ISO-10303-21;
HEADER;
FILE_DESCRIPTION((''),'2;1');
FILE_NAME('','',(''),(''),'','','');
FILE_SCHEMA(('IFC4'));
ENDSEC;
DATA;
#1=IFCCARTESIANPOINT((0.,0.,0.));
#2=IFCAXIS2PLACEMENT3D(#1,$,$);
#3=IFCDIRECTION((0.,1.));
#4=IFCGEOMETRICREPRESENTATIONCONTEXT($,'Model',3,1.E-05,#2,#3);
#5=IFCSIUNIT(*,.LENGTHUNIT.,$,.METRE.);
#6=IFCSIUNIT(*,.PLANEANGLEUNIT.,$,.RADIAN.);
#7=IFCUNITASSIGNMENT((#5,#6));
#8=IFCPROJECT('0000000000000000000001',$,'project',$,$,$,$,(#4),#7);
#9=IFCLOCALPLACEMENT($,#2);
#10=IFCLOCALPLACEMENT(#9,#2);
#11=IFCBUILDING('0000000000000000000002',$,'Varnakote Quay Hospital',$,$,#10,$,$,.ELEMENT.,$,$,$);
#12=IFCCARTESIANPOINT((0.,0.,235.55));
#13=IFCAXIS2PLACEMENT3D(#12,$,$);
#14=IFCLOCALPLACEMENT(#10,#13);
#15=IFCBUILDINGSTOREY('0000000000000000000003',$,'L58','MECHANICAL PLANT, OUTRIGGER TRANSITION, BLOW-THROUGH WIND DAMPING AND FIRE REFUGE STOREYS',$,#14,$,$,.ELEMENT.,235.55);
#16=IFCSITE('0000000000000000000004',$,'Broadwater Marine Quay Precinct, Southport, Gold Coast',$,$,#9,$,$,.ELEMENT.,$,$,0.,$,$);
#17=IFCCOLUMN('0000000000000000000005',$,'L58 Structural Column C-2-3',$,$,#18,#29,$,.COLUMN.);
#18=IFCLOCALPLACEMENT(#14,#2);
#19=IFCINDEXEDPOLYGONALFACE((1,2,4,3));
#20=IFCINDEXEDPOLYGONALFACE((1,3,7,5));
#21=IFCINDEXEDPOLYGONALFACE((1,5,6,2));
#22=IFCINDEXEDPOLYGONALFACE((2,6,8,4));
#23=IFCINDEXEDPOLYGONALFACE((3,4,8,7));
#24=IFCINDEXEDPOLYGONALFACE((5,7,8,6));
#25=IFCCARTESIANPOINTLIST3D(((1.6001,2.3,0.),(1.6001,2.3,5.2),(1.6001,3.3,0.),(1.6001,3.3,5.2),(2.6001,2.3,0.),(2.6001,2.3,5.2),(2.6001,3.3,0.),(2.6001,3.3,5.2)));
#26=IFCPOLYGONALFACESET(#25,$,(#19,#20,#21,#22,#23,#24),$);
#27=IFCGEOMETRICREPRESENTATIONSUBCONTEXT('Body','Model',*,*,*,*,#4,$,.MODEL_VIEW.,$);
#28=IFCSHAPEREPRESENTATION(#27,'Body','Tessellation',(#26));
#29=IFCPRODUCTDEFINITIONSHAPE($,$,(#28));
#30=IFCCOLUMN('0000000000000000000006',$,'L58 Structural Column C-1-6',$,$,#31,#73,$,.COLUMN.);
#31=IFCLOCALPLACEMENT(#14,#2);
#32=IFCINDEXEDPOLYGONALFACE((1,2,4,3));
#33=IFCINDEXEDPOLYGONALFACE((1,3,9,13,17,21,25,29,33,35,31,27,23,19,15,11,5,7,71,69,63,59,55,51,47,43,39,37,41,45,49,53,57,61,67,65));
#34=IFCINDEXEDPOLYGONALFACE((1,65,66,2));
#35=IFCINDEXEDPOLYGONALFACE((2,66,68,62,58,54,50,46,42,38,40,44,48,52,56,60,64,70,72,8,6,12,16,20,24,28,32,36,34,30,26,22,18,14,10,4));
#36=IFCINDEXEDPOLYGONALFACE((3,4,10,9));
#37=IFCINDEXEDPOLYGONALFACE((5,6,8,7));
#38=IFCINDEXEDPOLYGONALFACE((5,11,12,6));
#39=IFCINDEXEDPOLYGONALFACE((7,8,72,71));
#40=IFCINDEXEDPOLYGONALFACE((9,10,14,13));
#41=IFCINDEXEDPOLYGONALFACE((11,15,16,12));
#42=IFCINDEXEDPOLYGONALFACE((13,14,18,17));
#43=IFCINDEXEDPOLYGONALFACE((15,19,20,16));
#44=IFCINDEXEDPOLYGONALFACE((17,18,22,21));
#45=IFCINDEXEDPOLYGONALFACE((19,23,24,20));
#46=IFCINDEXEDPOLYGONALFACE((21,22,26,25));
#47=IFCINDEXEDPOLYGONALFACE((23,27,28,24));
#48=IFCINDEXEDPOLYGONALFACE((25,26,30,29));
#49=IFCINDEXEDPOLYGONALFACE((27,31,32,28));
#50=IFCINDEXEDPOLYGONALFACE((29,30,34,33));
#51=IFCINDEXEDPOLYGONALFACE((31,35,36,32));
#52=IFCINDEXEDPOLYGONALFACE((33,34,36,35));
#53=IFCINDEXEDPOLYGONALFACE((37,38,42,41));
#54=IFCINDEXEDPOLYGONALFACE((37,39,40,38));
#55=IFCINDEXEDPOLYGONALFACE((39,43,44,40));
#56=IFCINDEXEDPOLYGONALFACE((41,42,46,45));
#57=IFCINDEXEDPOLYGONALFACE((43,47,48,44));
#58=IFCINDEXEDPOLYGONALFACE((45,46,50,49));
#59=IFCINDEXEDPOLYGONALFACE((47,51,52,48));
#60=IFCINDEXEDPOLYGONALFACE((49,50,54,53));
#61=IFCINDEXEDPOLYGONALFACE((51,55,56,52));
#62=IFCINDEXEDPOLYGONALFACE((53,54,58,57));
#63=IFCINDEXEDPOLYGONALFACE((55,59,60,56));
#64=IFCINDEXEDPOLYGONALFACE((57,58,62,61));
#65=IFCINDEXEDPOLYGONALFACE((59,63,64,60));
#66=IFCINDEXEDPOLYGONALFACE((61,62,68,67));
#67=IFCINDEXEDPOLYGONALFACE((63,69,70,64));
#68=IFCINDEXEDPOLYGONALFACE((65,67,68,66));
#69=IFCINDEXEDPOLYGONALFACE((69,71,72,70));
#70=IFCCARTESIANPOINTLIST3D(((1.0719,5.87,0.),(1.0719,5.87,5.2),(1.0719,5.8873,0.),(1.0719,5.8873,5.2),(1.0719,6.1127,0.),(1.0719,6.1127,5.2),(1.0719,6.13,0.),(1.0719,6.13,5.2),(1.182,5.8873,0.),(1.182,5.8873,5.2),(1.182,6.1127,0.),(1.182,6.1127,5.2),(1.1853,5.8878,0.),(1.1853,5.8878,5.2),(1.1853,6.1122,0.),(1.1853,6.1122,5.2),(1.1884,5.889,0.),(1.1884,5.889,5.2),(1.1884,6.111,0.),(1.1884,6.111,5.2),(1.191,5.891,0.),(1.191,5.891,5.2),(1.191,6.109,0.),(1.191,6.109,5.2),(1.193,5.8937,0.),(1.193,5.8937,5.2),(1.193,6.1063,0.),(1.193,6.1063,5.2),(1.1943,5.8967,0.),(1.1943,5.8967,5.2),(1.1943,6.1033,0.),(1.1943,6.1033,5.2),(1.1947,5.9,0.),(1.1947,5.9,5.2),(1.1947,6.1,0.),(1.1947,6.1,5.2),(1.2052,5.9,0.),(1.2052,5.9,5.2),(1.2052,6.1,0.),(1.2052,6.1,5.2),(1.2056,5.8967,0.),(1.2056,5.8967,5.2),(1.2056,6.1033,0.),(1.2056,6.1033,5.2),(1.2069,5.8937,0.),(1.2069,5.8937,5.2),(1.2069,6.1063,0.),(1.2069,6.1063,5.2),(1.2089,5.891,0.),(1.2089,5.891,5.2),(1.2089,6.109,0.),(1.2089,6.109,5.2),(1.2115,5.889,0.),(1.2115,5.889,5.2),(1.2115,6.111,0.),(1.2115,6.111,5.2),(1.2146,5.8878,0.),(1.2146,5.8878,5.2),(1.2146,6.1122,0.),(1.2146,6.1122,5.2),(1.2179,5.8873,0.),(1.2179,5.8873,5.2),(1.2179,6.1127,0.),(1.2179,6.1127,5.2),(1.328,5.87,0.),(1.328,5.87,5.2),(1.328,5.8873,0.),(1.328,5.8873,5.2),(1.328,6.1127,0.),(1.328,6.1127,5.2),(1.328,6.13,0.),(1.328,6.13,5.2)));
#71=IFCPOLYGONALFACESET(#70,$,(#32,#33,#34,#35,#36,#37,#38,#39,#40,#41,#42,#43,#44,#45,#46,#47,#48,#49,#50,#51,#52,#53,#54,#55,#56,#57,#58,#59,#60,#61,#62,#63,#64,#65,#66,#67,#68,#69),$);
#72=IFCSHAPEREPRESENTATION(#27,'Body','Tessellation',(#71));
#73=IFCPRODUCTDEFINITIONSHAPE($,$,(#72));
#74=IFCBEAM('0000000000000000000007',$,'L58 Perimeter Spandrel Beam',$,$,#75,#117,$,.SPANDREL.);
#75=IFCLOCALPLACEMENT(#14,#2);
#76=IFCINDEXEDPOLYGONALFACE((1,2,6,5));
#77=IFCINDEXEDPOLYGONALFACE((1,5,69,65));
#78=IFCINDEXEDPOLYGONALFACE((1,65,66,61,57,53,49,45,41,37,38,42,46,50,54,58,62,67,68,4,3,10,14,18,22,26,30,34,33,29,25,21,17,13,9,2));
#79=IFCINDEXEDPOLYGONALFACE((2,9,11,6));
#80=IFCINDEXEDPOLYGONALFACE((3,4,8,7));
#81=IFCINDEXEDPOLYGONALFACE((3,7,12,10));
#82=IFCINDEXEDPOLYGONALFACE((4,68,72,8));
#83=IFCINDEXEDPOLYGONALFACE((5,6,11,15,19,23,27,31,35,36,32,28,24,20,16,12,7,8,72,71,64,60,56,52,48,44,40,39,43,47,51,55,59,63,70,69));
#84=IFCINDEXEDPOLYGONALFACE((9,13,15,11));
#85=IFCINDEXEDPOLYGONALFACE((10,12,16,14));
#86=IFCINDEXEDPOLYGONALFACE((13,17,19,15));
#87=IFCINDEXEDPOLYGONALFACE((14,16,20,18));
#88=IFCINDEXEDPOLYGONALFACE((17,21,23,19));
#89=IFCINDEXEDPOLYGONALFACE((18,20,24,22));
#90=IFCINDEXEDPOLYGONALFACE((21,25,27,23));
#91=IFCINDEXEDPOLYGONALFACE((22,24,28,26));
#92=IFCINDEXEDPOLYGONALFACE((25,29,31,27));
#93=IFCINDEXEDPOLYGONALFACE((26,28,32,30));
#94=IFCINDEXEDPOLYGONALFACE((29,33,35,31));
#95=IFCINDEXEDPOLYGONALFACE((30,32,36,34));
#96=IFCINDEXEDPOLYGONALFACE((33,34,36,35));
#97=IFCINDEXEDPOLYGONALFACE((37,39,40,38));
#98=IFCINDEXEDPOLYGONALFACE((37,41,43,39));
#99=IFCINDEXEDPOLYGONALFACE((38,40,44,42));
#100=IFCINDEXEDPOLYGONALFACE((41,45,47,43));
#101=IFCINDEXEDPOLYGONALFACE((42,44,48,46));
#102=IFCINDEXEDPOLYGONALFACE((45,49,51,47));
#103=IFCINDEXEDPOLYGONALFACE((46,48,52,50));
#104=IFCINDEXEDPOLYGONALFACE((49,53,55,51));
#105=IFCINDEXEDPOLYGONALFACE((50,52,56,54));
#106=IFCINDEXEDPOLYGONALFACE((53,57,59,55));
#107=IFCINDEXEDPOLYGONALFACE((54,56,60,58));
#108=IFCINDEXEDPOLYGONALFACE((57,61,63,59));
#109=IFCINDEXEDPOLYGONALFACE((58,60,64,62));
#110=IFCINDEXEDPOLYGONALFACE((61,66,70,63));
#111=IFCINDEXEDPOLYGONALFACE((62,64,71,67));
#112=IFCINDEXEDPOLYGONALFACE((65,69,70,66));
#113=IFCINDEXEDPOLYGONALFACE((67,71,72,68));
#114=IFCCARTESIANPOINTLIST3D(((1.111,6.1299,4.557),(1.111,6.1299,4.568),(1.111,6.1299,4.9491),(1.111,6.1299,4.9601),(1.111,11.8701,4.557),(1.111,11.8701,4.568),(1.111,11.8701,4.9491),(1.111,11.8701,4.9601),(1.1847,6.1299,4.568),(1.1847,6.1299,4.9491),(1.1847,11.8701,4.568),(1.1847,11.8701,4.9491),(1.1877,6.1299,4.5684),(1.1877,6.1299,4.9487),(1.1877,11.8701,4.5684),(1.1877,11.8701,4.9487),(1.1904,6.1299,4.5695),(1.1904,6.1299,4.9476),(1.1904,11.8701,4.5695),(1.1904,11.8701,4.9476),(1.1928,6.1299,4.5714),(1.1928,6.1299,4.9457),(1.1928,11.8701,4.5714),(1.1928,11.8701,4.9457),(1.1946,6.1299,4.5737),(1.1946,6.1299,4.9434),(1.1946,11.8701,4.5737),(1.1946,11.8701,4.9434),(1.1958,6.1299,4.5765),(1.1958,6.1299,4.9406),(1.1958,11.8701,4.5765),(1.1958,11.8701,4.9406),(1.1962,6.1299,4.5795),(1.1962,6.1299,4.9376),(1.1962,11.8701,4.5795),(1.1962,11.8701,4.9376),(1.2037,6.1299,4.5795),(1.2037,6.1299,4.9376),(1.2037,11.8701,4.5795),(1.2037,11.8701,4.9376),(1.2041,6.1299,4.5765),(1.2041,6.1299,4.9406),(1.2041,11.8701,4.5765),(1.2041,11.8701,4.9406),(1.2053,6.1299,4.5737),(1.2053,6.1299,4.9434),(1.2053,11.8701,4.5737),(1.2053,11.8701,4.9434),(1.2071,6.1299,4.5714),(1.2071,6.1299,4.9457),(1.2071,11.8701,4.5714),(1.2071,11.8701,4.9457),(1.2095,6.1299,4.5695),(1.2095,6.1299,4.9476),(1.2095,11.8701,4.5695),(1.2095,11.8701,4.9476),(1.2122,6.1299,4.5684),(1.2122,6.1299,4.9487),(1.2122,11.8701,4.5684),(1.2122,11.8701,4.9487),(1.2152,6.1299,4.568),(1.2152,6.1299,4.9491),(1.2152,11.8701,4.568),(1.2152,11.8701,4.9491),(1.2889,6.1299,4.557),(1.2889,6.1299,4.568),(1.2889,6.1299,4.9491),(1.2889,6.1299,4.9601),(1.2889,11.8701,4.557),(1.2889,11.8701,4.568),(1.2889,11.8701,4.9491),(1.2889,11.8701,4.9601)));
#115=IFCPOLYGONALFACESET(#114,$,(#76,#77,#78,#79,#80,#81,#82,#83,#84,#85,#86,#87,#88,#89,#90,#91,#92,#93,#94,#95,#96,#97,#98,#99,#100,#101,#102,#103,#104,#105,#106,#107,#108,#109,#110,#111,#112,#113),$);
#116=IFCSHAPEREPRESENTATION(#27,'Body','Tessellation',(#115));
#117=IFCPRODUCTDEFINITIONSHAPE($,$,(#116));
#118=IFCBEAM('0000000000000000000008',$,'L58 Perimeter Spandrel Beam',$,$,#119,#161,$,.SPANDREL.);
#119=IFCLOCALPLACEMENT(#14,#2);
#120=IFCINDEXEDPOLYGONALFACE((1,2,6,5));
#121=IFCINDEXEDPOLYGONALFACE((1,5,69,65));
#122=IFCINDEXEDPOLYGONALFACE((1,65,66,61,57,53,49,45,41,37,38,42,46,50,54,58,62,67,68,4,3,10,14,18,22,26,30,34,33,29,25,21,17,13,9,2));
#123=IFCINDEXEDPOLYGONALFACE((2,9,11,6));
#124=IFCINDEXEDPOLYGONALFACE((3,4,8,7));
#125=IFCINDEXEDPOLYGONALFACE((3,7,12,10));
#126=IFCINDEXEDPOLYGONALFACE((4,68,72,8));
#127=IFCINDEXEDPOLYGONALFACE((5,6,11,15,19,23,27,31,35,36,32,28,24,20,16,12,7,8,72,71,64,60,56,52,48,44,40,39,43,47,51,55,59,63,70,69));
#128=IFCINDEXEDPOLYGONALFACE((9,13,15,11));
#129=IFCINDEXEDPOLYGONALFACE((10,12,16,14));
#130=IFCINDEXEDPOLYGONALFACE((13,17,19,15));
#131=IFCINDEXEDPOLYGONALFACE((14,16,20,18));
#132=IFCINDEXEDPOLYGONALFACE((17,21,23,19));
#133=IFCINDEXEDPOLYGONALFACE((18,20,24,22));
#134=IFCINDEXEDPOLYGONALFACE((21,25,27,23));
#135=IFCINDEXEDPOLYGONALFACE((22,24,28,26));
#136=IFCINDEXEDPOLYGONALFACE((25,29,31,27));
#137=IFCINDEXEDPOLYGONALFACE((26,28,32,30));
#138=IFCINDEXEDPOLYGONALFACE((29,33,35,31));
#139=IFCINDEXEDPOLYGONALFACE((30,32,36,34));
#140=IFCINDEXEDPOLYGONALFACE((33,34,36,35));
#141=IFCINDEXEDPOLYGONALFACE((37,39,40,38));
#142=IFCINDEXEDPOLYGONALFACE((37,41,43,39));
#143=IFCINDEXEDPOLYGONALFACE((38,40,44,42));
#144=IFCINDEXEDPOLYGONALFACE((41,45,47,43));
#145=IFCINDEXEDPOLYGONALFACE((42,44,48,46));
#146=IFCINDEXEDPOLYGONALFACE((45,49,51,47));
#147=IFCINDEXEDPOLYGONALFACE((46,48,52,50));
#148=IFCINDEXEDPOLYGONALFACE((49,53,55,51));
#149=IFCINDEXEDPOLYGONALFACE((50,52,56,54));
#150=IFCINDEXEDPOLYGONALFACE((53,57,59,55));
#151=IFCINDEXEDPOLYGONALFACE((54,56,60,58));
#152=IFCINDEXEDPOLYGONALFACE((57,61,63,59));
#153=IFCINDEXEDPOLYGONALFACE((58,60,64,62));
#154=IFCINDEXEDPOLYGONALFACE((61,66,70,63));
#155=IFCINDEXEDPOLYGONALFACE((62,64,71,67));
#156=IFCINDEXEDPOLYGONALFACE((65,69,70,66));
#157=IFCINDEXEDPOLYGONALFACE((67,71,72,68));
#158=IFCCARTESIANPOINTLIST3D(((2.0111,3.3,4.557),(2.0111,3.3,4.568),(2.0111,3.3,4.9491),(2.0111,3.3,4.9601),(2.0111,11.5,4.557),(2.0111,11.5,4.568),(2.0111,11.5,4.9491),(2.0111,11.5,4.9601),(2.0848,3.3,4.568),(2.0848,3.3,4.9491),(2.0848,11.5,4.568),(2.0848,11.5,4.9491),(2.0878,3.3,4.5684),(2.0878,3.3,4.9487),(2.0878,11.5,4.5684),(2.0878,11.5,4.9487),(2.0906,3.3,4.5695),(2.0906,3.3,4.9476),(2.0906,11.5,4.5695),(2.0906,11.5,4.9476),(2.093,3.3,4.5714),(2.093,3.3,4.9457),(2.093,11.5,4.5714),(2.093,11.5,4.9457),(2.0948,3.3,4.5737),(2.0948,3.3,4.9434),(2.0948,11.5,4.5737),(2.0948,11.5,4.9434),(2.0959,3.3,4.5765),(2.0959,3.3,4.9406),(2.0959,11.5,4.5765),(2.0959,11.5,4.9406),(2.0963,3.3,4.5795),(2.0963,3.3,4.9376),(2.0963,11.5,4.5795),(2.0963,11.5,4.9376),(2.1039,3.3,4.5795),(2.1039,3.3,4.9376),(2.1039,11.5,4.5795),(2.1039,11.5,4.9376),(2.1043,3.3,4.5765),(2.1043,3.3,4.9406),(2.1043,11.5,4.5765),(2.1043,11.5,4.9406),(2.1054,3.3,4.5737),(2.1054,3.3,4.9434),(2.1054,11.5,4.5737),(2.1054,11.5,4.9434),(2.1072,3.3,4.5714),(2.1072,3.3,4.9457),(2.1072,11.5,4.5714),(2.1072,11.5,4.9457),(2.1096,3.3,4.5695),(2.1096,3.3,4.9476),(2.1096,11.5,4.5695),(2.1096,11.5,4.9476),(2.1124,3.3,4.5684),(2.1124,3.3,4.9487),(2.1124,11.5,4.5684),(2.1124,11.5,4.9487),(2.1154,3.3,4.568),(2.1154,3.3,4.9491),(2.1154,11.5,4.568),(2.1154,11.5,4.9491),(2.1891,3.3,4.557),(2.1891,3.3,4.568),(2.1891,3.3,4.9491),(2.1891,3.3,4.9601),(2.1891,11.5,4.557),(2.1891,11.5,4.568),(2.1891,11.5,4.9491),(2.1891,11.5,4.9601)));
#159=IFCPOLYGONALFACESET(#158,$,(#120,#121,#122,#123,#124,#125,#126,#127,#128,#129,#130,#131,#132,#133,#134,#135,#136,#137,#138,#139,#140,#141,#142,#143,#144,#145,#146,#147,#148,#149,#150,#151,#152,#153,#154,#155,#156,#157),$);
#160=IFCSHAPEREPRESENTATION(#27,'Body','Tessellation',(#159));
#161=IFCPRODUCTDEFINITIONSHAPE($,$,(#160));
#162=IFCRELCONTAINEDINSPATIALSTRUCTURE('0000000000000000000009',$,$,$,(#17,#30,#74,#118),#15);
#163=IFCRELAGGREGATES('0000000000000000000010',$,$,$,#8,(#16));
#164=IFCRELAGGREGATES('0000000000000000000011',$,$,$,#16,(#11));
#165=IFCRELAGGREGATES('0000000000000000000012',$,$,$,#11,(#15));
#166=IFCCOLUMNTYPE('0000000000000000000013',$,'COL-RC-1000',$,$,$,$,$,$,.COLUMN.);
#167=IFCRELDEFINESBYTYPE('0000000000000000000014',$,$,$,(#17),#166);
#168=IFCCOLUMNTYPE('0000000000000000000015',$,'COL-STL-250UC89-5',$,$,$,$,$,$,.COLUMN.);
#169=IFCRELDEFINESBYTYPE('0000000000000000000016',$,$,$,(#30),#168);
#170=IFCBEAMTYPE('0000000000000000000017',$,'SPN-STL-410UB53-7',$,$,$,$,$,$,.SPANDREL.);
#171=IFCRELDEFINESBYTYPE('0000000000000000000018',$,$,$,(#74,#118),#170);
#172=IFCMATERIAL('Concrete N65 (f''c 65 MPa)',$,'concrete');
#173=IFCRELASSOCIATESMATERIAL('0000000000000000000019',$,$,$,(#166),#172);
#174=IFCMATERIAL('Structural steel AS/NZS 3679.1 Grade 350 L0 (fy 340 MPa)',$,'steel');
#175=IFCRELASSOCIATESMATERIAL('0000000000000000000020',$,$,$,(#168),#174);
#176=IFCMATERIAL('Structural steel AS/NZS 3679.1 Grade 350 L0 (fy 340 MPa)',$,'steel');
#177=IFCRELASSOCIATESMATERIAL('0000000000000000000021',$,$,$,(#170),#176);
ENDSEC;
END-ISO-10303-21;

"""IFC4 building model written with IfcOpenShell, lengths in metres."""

from ifc_helpers import new_model, si_unit, direction, frame, origin, origin_2d, place, context, subcontext, project, spatial, rectangle, i_section, extrude, material, material_profile, profile_set, type_object, element, save


model = new_model("IFC4")

# Units and contexts
model_context = context("Model", 3, precision=1e-05, world=origin(), true_north=direction((0.0, 1.0)))
body_context = subcontext(model_context, "Body", "Model", "MODEL_VIEW")
ifc_project = project(units=[si_unit("LENGTHUNIT", "METRE"), si_unit("PLANEANGLEUNIT", "RADIAN")], contexts=[model_context])

# Site, building, storey
site_placement = place(None, origin())
site = spatial("IfcSite", under=ifc_project, at=site_placement, Name="Broadwater Marine Quay Precinct, Southport, Gold Coast", CompositionType="ELEMENT", RefElevation=0.0)
building_placement = place(site_placement, origin())
building = spatial("IfcBuilding", under=site, at=building_placement, Name="Varnakote Quay Hospital", CompositionType="ELEMENT")
storey_placement = place(building_placement, frame((0.0, 0.0, 235.55)))
storey = spatial("IfcBuildingStorey", under=building, at=storey_placement, Name="L58", Description="MECHANICAL PLANT, OUTRIGGER TRANSITION, BLOW-THROUGH WIND DAMPING AND FIRE REFUGE STOREYS", CompositionType="ELEMENT", Elevation=235.55)

# Columns
ifc_material_1 = material(Name="Concrete N65 (f'c 65 MPa)", Category="concrete")
ifc_material_profile_1 = material_profile(ifc_material_1, rectangle(XDim=1.0, YDim=1.0, at=origin_2d()), Name="RC-COL-1000x1000")
ifc_profile_set_1 = profile_set([ifc_material_profile_1], Name="Concrete N65 (f'c 65 MPa)")
column_type_1 = type_object("IfcColumnType", Name="COL-RC-1000", PredefinedType="COLUMN", material=ifc_profile_set_1)
column_1_placement = place(storey_placement, frame((2.1001, 2.8, 0.0), z_axis=(0.0, 0.0, 1.0), x_axis=(1.0, 0.0, 0.0)))
element("IfcColumn", 1, at=column_1_placement, inside=storey, type_object=column_type_1, Name="L58 Structural Column C-2-3", PredefinedType="COLUMN", context=body_context, shape_type="SweptSolid", body=[
    extrude(rectangle(XDim=1.0, YDim=1.0, at=origin_2d()), origin(), (0.0, 0.0, 1.0), 5.2),
])
ifc_material_2 = material(Name="Structural steel AS/NZS 3679.1 Grade 350 L0 (fy 340 MPa)", Category="steel")
ifc_material_profile_2 = material_profile(ifc_material_2, i_section(OverallWidth=0.2561, OverallDepth=0.26, WebThickness=0.0105, FlangeThickness=0.0173, FilletRadius=0.0127, at=origin_2d()), Name="250UC89.5")
ifc_profile_set_2 = profile_set([ifc_material_profile_2], Name="Structural steel AS/NZS 3679.1 Grade 350 L0 (fy 340 MPa)")
column_type_2 = type_object("IfcColumnType", Name="COL-STL-250UC89-5", PredefinedType="COLUMN", material=ifc_profile_set_2)
column_2_placement = place(storey_placement, frame((1.2, 6.0, 0.0), z_axis=(0.0, 0.0, 1.0), x_axis=(1.0, 0.0, 0.0)))
element("IfcColumn", 2, at=column_2_placement, inside=storey, type_object=column_type_2, Name="L58 Structural Column C-1-6", PredefinedType="COLUMN", context=body_context, shape_type="SweptSolid", body=[
    extrude(i_section(OverallWidth=0.2561, OverallDepth=0.26, WebThickness=0.0105, FlangeThickness=0.0173, FilletRadius=0.0127, at=origin_2d()), origin(), (0.0, 0.0, 1.0), 5.2),
])

# Beams
ifc_material_3 = material(Name="Structural steel AS/NZS 3679.1 Grade 350 L0 (fy 340 MPa)", Category="steel")
ifc_material_profile_3 = material_profile(ifc_material_3, i_section(OverallWidth=0.178, OverallDepth=0.4031, WebThickness=0.0076, FlangeThickness=0.011, FilletRadius=0.0115, at=origin_2d()), Name="410UB53.7")
ifc_profile_set_3 = profile_set([ifc_material_profile_3], Name="Structural steel AS/NZS 3679.1 Grade 350 L0 (fy 340 MPa)")
beam_type_1 = type_object("IfcBeamType", Name="SPN-STL-410UB53-7", PredefinedType="SPANDREL", material=ifc_profile_set_3)
beam_1_placement = place(storey_placement, frame((1.2, 6.1299, 4.7585), z_axis=(0.0, 1.0, 0.0), x_axis=(-1.0, 0.0, 0.0)))
element("IfcBeam", 3, at=beam_1_placement, inside=storey, type_object=beam_type_1, Name="L58 Perimeter Spandrel Beam", PredefinedType="SPANDREL", context=body_context, shape_type="SweptSolid", body=[
    extrude(i_section(OverallWidth=0.178, OverallDepth=0.4031, WebThickness=0.0076, FlangeThickness=0.011, FilletRadius=0.0115, at=origin_2d()), origin(), (0.0, 0.0, 1.0), 5.7402),
])
beam_2_placement = place(storey_placement, frame((2.1001, 3.3, 4.7585), z_axis=(0.0, 1.0, 0.0), x_axis=(-1.0, 0.0, 0.0)))
element("IfcBeam", 4, at=beam_2_placement, inside=storey, type_object=beam_type_1, Name="L58 Perimeter Spandrel Beam", PredefinedType="SPANDREL", context=body_context, shape_type="SweptSolid", body=[
    extrude(i_section(OverallWidth=0.178, OverallDepth=0.4031, WebThickness=0.0076, FlangeThickness=0.011, FilletRadius=0.0115, at=origin_2d()), origin(), (0.0, 0.0, 1.0), 8.2),
])

save(model, "model.ifc")
